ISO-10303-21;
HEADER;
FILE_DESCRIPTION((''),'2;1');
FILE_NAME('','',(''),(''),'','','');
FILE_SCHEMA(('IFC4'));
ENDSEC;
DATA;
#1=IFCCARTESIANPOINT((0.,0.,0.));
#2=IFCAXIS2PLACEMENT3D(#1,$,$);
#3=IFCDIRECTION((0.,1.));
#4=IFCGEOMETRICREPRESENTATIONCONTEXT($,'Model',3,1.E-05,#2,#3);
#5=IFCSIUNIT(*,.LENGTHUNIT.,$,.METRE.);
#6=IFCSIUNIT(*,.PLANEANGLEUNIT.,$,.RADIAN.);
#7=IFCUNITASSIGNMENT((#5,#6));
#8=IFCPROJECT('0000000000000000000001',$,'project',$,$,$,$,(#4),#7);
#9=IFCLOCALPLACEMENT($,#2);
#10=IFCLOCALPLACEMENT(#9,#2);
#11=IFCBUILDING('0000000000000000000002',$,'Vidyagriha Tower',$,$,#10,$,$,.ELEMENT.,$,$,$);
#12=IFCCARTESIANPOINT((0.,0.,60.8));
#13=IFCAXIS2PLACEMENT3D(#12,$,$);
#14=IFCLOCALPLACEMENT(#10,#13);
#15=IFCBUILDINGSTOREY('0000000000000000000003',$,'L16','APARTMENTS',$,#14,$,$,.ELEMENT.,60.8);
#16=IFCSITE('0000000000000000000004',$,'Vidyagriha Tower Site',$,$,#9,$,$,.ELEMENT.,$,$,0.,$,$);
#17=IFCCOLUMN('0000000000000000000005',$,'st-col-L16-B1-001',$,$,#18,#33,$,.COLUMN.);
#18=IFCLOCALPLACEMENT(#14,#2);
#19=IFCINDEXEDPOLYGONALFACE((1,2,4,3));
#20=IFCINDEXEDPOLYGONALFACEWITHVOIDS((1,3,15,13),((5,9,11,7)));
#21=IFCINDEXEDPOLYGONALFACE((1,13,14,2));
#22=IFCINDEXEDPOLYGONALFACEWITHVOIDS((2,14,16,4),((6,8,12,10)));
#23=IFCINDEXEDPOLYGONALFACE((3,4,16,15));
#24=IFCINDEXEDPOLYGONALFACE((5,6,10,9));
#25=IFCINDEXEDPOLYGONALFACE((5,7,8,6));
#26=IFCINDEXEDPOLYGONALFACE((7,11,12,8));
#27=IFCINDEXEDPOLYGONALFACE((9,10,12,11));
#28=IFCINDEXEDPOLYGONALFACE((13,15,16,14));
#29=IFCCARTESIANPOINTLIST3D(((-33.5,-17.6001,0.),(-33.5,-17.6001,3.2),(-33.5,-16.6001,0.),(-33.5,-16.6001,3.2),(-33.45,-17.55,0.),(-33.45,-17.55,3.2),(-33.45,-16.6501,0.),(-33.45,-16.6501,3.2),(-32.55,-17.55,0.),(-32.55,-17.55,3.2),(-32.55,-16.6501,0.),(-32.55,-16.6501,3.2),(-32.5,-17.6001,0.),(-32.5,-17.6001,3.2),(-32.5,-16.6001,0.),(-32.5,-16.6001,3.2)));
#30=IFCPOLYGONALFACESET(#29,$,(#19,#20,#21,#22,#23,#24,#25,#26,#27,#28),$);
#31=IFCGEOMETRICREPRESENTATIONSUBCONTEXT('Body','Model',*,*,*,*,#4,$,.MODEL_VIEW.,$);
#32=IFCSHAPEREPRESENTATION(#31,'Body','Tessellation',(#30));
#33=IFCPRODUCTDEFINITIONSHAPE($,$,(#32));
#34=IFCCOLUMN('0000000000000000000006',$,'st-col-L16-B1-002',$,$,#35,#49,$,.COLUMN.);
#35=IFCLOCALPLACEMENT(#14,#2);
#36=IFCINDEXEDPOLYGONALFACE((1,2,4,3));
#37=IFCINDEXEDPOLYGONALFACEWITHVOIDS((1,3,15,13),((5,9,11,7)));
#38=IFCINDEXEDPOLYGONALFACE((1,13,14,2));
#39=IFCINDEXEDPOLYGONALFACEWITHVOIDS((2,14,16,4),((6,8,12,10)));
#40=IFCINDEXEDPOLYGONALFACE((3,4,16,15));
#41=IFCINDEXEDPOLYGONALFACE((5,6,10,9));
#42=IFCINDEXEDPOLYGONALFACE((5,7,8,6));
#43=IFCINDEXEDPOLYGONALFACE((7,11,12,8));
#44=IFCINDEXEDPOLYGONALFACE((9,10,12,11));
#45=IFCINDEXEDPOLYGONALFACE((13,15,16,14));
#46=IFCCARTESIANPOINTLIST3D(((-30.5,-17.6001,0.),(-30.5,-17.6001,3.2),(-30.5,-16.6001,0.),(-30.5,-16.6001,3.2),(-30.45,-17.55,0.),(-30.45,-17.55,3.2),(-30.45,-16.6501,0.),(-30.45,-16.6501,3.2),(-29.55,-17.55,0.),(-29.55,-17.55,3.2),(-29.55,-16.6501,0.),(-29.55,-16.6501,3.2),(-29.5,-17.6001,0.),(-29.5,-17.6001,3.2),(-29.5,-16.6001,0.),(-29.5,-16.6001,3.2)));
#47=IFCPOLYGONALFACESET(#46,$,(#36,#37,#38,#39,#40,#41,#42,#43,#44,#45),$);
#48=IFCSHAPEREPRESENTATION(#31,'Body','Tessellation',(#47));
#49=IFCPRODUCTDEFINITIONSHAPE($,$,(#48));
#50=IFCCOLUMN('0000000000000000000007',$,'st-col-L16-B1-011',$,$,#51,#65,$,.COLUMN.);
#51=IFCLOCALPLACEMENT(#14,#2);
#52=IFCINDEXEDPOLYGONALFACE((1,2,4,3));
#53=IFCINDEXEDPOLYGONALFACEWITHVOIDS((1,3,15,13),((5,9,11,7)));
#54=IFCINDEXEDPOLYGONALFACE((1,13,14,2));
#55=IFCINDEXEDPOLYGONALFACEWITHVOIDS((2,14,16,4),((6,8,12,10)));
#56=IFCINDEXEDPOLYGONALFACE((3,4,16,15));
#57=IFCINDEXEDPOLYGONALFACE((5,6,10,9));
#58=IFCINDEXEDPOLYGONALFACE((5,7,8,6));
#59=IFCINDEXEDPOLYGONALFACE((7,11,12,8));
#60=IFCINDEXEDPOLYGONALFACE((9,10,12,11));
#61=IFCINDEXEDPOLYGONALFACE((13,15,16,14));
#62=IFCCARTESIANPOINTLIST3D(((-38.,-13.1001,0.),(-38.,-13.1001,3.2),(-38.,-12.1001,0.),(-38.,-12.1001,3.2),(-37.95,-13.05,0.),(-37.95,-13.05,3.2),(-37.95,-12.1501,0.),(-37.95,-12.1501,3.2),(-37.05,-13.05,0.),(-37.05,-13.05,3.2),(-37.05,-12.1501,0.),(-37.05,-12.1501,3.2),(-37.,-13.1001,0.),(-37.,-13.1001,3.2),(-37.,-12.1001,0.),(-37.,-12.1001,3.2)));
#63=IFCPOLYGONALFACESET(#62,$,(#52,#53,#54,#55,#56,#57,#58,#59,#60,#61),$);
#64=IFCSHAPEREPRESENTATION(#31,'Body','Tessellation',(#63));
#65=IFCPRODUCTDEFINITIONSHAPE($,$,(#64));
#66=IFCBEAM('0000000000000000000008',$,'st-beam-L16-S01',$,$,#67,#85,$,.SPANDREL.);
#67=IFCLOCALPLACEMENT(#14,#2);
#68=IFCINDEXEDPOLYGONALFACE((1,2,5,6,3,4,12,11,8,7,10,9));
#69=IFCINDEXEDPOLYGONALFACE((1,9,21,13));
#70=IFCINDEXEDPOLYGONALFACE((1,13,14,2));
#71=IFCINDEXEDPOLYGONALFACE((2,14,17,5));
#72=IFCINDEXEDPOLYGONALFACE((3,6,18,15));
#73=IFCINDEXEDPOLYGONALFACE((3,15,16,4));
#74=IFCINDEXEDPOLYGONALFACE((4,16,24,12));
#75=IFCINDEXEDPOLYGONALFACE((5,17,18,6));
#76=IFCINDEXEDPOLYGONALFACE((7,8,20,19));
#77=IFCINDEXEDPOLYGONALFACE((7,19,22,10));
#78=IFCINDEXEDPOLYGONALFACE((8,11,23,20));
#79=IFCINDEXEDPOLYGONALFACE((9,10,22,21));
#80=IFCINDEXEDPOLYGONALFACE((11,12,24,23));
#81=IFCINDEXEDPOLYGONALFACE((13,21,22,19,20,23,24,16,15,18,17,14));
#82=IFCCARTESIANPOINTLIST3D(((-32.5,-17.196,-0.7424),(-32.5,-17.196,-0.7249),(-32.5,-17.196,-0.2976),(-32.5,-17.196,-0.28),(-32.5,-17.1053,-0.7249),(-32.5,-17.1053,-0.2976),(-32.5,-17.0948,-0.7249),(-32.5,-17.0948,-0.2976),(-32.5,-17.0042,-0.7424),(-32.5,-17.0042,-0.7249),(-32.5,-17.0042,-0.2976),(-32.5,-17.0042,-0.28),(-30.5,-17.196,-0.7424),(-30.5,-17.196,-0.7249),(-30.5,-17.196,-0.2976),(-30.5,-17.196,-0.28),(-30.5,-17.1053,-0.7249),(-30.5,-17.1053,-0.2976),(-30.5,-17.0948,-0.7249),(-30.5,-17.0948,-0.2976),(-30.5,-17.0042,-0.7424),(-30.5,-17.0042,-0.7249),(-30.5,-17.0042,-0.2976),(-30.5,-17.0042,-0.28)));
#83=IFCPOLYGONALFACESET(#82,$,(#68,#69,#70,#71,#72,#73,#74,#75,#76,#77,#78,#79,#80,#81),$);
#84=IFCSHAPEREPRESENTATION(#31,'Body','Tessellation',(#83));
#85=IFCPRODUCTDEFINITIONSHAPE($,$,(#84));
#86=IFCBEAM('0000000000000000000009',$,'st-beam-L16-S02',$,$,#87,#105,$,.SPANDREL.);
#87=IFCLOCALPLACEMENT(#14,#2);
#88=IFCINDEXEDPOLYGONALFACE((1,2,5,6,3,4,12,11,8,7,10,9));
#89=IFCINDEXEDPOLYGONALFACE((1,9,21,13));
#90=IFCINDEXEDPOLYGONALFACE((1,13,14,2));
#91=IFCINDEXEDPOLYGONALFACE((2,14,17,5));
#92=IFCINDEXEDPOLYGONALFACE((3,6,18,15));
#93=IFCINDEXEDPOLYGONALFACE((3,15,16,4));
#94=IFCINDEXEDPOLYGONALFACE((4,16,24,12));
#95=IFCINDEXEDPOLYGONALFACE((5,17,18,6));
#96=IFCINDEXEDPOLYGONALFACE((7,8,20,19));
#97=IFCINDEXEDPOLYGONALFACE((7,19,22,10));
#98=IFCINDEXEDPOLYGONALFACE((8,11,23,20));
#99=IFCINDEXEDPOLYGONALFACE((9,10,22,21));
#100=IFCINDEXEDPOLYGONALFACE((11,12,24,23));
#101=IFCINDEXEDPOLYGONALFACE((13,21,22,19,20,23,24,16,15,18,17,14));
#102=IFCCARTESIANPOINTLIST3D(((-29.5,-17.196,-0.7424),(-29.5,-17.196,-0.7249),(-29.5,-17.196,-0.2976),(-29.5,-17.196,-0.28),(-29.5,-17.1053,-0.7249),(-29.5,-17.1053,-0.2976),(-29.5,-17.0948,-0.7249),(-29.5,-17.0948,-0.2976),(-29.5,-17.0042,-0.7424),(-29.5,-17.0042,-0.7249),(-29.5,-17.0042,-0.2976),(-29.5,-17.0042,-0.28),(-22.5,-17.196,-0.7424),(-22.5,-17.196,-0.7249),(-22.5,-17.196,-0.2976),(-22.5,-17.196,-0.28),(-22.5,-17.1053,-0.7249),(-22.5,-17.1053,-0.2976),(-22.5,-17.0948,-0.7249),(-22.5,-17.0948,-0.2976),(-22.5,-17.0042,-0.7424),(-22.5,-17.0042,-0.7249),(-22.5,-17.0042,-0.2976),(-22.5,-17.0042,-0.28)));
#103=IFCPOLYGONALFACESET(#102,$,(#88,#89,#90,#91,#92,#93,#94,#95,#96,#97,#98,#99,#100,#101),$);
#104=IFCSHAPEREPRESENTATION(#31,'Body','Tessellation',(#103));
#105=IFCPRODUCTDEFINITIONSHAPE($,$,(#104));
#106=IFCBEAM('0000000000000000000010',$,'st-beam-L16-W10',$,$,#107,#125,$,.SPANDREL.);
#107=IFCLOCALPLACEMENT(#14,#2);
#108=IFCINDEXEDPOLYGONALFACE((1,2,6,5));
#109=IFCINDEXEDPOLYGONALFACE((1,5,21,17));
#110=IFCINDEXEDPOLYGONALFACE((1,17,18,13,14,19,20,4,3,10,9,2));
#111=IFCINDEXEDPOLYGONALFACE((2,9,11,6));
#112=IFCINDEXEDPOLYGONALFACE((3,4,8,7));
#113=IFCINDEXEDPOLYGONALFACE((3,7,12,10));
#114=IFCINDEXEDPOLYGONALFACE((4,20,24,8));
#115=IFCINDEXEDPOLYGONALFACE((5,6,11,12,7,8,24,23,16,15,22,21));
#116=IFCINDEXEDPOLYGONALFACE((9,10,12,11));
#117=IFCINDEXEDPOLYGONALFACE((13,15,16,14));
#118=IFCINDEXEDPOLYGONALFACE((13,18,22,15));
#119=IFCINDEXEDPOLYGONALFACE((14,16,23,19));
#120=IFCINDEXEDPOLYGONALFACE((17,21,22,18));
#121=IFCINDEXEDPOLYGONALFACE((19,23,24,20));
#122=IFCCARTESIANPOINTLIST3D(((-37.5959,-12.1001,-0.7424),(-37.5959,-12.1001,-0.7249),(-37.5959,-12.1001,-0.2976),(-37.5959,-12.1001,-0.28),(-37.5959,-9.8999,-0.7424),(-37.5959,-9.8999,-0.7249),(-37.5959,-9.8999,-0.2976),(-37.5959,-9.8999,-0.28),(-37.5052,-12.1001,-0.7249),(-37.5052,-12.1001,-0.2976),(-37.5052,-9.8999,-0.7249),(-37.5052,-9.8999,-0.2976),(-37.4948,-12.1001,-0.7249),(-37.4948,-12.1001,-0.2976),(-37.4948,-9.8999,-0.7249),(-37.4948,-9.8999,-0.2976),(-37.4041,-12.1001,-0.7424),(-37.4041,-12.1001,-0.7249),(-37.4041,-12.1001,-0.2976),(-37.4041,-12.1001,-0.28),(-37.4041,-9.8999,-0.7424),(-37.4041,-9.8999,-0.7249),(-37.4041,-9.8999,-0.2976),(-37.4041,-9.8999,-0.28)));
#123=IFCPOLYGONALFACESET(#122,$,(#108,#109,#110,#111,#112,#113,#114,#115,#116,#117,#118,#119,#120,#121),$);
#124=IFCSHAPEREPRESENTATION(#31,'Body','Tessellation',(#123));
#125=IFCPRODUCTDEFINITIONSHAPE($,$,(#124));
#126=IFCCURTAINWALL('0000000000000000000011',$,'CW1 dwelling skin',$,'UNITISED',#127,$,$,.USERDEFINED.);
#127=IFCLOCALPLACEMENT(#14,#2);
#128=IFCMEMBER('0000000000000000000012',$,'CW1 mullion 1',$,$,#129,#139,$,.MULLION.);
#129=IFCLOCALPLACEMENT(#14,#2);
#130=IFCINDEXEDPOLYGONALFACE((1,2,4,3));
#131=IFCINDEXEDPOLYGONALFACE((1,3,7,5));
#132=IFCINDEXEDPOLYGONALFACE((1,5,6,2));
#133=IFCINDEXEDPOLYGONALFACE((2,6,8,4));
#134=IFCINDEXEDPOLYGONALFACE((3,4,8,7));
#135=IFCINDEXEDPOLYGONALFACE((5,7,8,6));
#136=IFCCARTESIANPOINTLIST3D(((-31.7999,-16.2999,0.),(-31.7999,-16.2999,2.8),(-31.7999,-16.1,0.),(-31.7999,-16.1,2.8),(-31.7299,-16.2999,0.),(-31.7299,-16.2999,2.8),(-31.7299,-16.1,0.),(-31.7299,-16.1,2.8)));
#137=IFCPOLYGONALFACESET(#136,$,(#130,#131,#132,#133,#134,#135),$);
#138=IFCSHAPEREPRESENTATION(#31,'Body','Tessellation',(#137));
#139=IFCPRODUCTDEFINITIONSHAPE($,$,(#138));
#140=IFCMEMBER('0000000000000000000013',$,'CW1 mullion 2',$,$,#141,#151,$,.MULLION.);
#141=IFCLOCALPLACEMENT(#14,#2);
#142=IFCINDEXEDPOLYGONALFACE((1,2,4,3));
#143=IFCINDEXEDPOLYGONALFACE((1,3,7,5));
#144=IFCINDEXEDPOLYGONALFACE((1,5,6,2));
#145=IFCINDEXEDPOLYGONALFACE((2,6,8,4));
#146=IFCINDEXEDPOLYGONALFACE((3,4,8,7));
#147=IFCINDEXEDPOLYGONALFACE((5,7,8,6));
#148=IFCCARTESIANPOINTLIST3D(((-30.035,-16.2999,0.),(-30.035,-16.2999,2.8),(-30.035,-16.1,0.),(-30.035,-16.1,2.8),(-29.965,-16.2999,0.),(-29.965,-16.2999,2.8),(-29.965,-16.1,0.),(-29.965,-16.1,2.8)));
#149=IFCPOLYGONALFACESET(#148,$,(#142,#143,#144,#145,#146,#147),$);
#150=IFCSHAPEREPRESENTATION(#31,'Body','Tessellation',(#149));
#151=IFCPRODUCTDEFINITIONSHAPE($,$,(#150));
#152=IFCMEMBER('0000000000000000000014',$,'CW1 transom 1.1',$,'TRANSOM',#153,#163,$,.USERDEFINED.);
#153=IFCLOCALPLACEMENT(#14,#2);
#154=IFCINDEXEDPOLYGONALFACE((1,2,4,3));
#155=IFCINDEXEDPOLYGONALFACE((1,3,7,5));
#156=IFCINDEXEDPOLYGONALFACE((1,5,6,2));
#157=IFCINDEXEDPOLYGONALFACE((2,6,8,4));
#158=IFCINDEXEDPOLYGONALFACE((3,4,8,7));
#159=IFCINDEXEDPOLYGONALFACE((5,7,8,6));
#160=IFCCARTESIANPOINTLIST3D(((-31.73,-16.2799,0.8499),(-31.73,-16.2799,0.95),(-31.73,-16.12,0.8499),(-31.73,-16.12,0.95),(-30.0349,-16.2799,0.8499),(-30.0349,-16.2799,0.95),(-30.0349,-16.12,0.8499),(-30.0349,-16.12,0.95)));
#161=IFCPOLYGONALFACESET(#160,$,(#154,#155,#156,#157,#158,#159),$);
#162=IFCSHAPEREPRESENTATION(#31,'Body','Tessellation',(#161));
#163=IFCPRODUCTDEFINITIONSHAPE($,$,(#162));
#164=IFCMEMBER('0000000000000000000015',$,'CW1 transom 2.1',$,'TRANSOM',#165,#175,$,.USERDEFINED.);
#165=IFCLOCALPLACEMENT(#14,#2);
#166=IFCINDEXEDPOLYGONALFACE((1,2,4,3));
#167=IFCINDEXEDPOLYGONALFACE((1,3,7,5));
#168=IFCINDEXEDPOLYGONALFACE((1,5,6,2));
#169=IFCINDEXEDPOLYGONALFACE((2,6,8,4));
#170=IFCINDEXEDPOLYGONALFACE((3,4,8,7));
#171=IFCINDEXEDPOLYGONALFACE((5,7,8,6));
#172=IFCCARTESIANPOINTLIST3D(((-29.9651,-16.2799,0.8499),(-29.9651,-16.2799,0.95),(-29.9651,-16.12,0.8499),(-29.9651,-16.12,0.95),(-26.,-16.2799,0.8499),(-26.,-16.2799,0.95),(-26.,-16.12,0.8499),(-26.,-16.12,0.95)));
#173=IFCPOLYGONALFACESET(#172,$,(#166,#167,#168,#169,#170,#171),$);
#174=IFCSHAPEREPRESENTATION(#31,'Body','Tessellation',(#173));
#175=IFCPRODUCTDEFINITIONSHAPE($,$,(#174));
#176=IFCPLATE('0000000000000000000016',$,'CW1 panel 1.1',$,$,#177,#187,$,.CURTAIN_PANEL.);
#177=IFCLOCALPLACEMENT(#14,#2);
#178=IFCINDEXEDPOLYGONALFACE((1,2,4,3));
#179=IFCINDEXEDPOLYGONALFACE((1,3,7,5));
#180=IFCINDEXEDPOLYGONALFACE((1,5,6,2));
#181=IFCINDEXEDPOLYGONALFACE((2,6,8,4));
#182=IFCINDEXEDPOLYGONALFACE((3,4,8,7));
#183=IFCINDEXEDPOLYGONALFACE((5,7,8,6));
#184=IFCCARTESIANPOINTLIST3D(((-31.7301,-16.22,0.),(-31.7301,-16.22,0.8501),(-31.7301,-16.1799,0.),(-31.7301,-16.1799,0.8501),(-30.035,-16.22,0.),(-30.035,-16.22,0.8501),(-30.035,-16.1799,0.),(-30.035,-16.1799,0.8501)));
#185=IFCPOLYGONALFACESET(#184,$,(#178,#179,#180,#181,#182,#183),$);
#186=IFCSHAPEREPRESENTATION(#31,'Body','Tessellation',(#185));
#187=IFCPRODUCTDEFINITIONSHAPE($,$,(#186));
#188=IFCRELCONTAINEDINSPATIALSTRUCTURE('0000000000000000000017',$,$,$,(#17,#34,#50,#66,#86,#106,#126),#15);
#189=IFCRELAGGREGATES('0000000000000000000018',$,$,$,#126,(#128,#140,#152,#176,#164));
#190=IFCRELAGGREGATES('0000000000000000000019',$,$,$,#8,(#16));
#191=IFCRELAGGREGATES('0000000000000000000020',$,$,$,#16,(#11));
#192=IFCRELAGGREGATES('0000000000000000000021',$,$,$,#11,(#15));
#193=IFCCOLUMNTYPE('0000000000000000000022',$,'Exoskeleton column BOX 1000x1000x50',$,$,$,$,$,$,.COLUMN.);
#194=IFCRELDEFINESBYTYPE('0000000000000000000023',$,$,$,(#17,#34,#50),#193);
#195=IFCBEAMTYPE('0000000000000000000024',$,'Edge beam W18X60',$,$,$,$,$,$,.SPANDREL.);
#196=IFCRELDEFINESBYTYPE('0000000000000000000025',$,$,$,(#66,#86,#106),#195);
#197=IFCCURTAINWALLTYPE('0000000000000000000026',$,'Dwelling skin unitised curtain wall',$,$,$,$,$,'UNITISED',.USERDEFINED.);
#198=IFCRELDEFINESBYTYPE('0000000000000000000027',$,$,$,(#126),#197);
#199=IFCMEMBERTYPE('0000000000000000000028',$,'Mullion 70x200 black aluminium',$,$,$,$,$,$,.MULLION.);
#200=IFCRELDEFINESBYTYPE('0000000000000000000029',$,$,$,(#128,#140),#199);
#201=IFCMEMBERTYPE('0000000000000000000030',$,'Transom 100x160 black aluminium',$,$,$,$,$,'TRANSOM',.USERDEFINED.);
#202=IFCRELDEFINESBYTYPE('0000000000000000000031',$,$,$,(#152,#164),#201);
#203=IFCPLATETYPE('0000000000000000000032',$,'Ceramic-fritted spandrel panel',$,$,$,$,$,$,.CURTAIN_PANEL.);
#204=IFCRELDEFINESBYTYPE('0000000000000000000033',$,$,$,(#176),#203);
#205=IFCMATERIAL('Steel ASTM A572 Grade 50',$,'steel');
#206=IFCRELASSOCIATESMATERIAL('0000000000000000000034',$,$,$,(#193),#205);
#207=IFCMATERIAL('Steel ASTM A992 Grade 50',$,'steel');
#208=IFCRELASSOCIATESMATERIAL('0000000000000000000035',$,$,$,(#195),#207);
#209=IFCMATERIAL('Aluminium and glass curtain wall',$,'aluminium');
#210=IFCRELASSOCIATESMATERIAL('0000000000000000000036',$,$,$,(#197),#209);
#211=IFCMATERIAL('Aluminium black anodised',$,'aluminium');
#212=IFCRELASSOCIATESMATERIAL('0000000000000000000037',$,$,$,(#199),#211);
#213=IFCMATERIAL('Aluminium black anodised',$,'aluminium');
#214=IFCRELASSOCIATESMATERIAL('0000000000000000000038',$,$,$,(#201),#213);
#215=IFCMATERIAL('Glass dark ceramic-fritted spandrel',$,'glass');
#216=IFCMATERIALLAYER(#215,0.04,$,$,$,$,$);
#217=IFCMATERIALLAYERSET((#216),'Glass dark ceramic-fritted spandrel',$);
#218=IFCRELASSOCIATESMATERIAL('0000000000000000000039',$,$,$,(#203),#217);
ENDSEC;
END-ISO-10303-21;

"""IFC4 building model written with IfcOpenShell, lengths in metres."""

from ifc_helpers import new_model, si_unit, direction, frame, origin, origin_2d, place, context, subcontext, project, spatial, rectangle, hollow_rectangle, i_section, extrude, material, layer, layer_set, material_profile, profile_set, type_object, element, aggregate, save


model = new_model("IFC4")

# Units and contexts
model_context = context("Model", 3, precision=1e-05, world=origin(), true_north=direction((0.0, 1.0)))
body_context = subcontext(model_context, "Body", "Model", "MODEL_VIEW")
ifc_project = project(units=[si_unit("LENGTHUNIT", "METRE"), si_unit("PLANEANGLEUNIT", "RADIAN")], contexts=[model_context])

# Site, building, storey
site_placement = place(None, origin())
site = spatial("IfcSite", under=ifc_project, at=site_placement, Name="Vidyagriha Tower Site", CompositionType="ELEMENT", RefElevation=0.0)
building_placement = place(site_placement, origin())
building = spatial("IfcBuilding", under=site, at=building_placement, Name="Vidyagriha Tower", CompositionType="ELEMENT")
storey_placement = place(building_placement, frame((0.0, 0.0, 60.8)))
storey = spatial("IfcBuildingStorey", under=building, at=storey_placement, Name="L16", Description="APARTMENTS", CompositionType="ELEMENT", Elevation=60.8)

# Columns
ifc_material_1 = material(Name="Steel ASTM A572 Grade 50", Category="steel")
ifc_material_profile_1 = material_profile(ifc_material_1, hollow_rectangle(XDim=1.0, YDim=1.0, WallThickness=0.05, at=origin_2d()), Name="BOX 1000x1000x50")
ifc_profile_set_1 = profile_set([ifc_material_profile_1], Name="Steel ASTM A572 Grade 50")
column_type = type_object("IfcColumnType", Name="Exoskeleton column BOX 1000x1000x50", PredefinedType="COLUMN", material=ifc_profile_set_1)
for number, where, name in (
    (1, (-33.0, -17.1001, 0.0), "st-col-L16-B1-001"),
    (2, (-30.0, -17.1001, 0.0), "st-col-L16-B1-002"),
    (3, (-37.5, -12.6001, 0.0), "st-col-L16-B1-011"),
):
    element("IfcColumn", number, at=place(storey_placement, frame(where)), inside=storey, type_object=column_type, Name=name, PredefinedType="COLUMN", context=body_context, shape_type="SweptSolid", body=[
        extrude(hollow_rectangle(XDim=1.0, YDim=1.0, WallThickness=0.05, at=origin_2d()), origin(), (0.0, 0.0, 1.0), 3.2),
    ])

# Beams
ifc_material_2 = material(Name="Steel ASTM A992 Grade 50", Category="steel")
ifc_material_profile_2 = material_profile(ifc_material_2, i_section(OverallWidth=0.1919, OverallDepth=0.4624, WebThickness=0.0105, FlangeThickness=0.0176, at=origin_2d()), Name="W18X60")
ifc_profile_set_2 = profile_set([ifc_material_profile_2], Name="Steel ASTM A992 Grade 50")
beam_type = type_object("IfcBeamType", Name="Edge beam W18X60", PredefinedType="SPANDREL", material=ifc_profile_set_2)
beam_1_placement = place(storey_placement, frame((-32.5, -17.1001, -0.5112), z_axis=(1.0, 0.0, 0.0), x_axis=(0.0, 1.0, 0.0)))
element("IfcBeam", 4, at=beam_1_placement, inside=storey, type_object=beam_type, Name="st-beam-L16-S01", PredefinedType="SPANDREL", context=body_context, shape_type="SweptSolid", body=[
    extrude(i_section(OverallWidth=0.1919, OverallDepth=0.4624, WebThickness=0.0105, FlangeThickness=0.0176, at=origin_2d()), origin(), (0.0, 0.0, 1.0), 2.0),
])
beam_2_placement = place(storey_placement, frame((-29.5, -17.1001, -0.5112), z_axis=(1.0, 0.0, 0.0), x_axis=(0.0, 1.0, 0.0)))
element("IfcBeam", 5, at=beam_2_placement, inside=storey, type_object=beam_type, Name="st-beam-L16-S02", PredefinedType="SPANDREL", context=body_context, shape_type="SweptSolid", body=[
    extrude(i_section(OverallWidth=0.1919, OverallDepth=0.4624, WebThickness=0.0105, FlangeThickness=0.0176, at=origin_2d()), origin(), (0.0, 0.0, 1.0), 7.0),
])
beam_3_placement = place(storey_placement, frame((-37.5, -12.1001, -0.5112), z_axis=(0.0, 1.0, 0.0), x_axis=(-1.0, 0.0, 0.0)))
element("IfcBeam", 6, at=beam_3_placement, inside=storey, type_object=beam_type, Name="st-beam-L16-W10", PredefinedType="SPANDREL", context=body_context, shape_type="SweptSolid", body=[
    extrude(i_section(OverallWidth=0.1919, OverallDepth=0.4624, WebThickness=0.0105, FlangeThickness=0.0176, at=origin_2d()), origin(), (0.0, 0.0, 1.0), 2.2002),
])

# Curtain wall, members, plate
ifc_material_3 = material(Name="Aluminium and glass curtain wall", Category="aluminium")
curtain_wall_type = type_object("IfcCurtainWallType", Name="Dwelling skin unitised curtain wall", ElementType="UNITISED", PredefinedType="USERDEFINED", material=ifc_material_3)
curtain_wall_placement = place(storey_placement, origin())
curtain_wall = element("IfcCurtainWall", 7, at=curtain_wall_placement, inside=storey, type_object=curtain_wall_type, Name="CW1 dwelling skin", ObjectType="UNITISED", PredefinedType="USERDEFINED")
ifc_material_4 = material(Name="Aluminium black anodised", Category="aluminium")
ifc_material_profile_3 = material_profile(ifc_material_4, rectangle(XDim=0.2, YDim=0.0701, at=origin_2d()), Name="Mullion 70x200 black aluminium")
ifc_profile_set_3 = profile_set([ifc_material_profile_3], Name="Aluminium black anodised")
member_type_1 = type_object("IfcMemberType", Name="Mullion 70x200 black aluminium", PredefinedType="MULLION", material=ifc_profile_set_3)
member_1_placement = place(storey_placement, frame((-31.7649, -16.2, 0.0), z_axis=(0.0, 0.0, 1.0), x_axis=(0.0, 1.0, 0.0)))
member_1 = element("IfcMember", 8, at=member_1_placement, type_object=member_type_1, Name="CW1 mullion 1", PredefinedType="MULLION", context=body_context, shape_type="SweptSolid", body=[
    extrude(rectangle(XDim=0.2, YDim=0.0701, at=origin_2d()), origin(), (0.0, 0.0, 1.0), 2.8),
])
member_2_placement = place(storey_placement, frame((-30.0, -16.2, 0.0), z_axis=(0.0, 0.0, 1.0), x_axis=(0.0, 1.0, 0.0)))
member_2 = element("IfcMember", 9, at=member_2_placement, type_object=member_type_1, Name="CW1 mullion 2", PredefinedType="MULLION", context=body_context, shape_type="SweptSolid", body=[
    extrude(rectangle(XDim=0.2, YDim=0.0701, at=origin_2d()), origin(), (0.0, 0.0, 1.0), 2.8),
])
ifc_material_5 = material(Name="Aluminium black anodised", Category="aluminium")
ifc_material_profile_4 = material_profile(ifc_material_5, rectangle(XDim=0.1599, YDim=0.1001, at=origin_2d()), Name="Transom 100x160 black aluminium")
ifc_profile_set_4 = profile_set([ifc_material_profile_4], Name="Aluminium black anodised")
member_type_2 = type_object("IfcMemberType", Name="Transom 100x160 black aluminium", ElementType="TRANSOM", PredefinedType="USERDEFINED", material=ifc_profile_set_4)
member_3_placement = place(storey_placement, frame((-31.73, -16.2, 0.8999), z_axis=(1.0, 0.0, 0.0), x_axis=(0.0, 1.0, 0.0)))
member_3 = element("IfcMember", 10, at=member_3_placement, type_object=member_type_2, Name="CW1 transom 1.1", ObjectType="TRANSOM", PredefinedType="USERDEFINED", context=body_context, shape_type="SweptSolid", body=[
    extrude(rectangle(XDim=0.1599, YDim=0.1001, at=origin_2d()), origin(), (0.0, 0.0, 1.0), 1.6951),
])
member_4_placement = place(storey_placement, frame((-29.9651, -16.2, 0.8999), z_axis=(1.0, 0.0, 0.0), x_axis=(0.0, 1.0, 0.0)))
member_4 = element("IfcMember", 11, at=member_4_placement, type_object=member_type_2, Name="CW1 transom 2.1", ObjectType="TRANSOM", PredefinedType="USERDEFINED", context=body_context, shape_type="SweptSolid", body=[
    extrude(rectangle(XDim=0.1599, YDim=0.1001, at=origin_2d()), origin(), (0.0, 0.0, 1.0), 3.9651),
])
ifc_material_6 = material(Name="Glass dark ceramic-fritted spandrel", Category="glass")
ifc_layer_1 = layer(ifc_material_6, 0.04)
ifc_layer_set_1 = layer_set([ifc_layer_1], Name="Glass dark ceramic-fritted spandrel")
plate_type_1 = type_object("IfcPlateType", Name="Ceramic-fritted spandrel panel", PredefinedType="CURTAIN_PANEL", material=ifc_layer_set_1)
plate_1_placement = place(storey_placement, frame((-30.8826, -16.2, 0.0)))
plate_1 = element("IfcPlate", 12, at=plate_1_placement, type_object=plate_type_1, Name="CW1 panel 1.1", PredefinedType="CURTAIN_PANEL", context=body_context, shape_type="SweptSolid", body=[
    extrude(rectangle(XDim=1.6951, YDim=0.04, at=origin_2d()), origin(), (0.0, 0.0, 1.0), 0.8501),
])
aggregate(curtain_wall, [member_1, member_2, member_3, plate_1, member_4])

save(model, "model.ifc")
